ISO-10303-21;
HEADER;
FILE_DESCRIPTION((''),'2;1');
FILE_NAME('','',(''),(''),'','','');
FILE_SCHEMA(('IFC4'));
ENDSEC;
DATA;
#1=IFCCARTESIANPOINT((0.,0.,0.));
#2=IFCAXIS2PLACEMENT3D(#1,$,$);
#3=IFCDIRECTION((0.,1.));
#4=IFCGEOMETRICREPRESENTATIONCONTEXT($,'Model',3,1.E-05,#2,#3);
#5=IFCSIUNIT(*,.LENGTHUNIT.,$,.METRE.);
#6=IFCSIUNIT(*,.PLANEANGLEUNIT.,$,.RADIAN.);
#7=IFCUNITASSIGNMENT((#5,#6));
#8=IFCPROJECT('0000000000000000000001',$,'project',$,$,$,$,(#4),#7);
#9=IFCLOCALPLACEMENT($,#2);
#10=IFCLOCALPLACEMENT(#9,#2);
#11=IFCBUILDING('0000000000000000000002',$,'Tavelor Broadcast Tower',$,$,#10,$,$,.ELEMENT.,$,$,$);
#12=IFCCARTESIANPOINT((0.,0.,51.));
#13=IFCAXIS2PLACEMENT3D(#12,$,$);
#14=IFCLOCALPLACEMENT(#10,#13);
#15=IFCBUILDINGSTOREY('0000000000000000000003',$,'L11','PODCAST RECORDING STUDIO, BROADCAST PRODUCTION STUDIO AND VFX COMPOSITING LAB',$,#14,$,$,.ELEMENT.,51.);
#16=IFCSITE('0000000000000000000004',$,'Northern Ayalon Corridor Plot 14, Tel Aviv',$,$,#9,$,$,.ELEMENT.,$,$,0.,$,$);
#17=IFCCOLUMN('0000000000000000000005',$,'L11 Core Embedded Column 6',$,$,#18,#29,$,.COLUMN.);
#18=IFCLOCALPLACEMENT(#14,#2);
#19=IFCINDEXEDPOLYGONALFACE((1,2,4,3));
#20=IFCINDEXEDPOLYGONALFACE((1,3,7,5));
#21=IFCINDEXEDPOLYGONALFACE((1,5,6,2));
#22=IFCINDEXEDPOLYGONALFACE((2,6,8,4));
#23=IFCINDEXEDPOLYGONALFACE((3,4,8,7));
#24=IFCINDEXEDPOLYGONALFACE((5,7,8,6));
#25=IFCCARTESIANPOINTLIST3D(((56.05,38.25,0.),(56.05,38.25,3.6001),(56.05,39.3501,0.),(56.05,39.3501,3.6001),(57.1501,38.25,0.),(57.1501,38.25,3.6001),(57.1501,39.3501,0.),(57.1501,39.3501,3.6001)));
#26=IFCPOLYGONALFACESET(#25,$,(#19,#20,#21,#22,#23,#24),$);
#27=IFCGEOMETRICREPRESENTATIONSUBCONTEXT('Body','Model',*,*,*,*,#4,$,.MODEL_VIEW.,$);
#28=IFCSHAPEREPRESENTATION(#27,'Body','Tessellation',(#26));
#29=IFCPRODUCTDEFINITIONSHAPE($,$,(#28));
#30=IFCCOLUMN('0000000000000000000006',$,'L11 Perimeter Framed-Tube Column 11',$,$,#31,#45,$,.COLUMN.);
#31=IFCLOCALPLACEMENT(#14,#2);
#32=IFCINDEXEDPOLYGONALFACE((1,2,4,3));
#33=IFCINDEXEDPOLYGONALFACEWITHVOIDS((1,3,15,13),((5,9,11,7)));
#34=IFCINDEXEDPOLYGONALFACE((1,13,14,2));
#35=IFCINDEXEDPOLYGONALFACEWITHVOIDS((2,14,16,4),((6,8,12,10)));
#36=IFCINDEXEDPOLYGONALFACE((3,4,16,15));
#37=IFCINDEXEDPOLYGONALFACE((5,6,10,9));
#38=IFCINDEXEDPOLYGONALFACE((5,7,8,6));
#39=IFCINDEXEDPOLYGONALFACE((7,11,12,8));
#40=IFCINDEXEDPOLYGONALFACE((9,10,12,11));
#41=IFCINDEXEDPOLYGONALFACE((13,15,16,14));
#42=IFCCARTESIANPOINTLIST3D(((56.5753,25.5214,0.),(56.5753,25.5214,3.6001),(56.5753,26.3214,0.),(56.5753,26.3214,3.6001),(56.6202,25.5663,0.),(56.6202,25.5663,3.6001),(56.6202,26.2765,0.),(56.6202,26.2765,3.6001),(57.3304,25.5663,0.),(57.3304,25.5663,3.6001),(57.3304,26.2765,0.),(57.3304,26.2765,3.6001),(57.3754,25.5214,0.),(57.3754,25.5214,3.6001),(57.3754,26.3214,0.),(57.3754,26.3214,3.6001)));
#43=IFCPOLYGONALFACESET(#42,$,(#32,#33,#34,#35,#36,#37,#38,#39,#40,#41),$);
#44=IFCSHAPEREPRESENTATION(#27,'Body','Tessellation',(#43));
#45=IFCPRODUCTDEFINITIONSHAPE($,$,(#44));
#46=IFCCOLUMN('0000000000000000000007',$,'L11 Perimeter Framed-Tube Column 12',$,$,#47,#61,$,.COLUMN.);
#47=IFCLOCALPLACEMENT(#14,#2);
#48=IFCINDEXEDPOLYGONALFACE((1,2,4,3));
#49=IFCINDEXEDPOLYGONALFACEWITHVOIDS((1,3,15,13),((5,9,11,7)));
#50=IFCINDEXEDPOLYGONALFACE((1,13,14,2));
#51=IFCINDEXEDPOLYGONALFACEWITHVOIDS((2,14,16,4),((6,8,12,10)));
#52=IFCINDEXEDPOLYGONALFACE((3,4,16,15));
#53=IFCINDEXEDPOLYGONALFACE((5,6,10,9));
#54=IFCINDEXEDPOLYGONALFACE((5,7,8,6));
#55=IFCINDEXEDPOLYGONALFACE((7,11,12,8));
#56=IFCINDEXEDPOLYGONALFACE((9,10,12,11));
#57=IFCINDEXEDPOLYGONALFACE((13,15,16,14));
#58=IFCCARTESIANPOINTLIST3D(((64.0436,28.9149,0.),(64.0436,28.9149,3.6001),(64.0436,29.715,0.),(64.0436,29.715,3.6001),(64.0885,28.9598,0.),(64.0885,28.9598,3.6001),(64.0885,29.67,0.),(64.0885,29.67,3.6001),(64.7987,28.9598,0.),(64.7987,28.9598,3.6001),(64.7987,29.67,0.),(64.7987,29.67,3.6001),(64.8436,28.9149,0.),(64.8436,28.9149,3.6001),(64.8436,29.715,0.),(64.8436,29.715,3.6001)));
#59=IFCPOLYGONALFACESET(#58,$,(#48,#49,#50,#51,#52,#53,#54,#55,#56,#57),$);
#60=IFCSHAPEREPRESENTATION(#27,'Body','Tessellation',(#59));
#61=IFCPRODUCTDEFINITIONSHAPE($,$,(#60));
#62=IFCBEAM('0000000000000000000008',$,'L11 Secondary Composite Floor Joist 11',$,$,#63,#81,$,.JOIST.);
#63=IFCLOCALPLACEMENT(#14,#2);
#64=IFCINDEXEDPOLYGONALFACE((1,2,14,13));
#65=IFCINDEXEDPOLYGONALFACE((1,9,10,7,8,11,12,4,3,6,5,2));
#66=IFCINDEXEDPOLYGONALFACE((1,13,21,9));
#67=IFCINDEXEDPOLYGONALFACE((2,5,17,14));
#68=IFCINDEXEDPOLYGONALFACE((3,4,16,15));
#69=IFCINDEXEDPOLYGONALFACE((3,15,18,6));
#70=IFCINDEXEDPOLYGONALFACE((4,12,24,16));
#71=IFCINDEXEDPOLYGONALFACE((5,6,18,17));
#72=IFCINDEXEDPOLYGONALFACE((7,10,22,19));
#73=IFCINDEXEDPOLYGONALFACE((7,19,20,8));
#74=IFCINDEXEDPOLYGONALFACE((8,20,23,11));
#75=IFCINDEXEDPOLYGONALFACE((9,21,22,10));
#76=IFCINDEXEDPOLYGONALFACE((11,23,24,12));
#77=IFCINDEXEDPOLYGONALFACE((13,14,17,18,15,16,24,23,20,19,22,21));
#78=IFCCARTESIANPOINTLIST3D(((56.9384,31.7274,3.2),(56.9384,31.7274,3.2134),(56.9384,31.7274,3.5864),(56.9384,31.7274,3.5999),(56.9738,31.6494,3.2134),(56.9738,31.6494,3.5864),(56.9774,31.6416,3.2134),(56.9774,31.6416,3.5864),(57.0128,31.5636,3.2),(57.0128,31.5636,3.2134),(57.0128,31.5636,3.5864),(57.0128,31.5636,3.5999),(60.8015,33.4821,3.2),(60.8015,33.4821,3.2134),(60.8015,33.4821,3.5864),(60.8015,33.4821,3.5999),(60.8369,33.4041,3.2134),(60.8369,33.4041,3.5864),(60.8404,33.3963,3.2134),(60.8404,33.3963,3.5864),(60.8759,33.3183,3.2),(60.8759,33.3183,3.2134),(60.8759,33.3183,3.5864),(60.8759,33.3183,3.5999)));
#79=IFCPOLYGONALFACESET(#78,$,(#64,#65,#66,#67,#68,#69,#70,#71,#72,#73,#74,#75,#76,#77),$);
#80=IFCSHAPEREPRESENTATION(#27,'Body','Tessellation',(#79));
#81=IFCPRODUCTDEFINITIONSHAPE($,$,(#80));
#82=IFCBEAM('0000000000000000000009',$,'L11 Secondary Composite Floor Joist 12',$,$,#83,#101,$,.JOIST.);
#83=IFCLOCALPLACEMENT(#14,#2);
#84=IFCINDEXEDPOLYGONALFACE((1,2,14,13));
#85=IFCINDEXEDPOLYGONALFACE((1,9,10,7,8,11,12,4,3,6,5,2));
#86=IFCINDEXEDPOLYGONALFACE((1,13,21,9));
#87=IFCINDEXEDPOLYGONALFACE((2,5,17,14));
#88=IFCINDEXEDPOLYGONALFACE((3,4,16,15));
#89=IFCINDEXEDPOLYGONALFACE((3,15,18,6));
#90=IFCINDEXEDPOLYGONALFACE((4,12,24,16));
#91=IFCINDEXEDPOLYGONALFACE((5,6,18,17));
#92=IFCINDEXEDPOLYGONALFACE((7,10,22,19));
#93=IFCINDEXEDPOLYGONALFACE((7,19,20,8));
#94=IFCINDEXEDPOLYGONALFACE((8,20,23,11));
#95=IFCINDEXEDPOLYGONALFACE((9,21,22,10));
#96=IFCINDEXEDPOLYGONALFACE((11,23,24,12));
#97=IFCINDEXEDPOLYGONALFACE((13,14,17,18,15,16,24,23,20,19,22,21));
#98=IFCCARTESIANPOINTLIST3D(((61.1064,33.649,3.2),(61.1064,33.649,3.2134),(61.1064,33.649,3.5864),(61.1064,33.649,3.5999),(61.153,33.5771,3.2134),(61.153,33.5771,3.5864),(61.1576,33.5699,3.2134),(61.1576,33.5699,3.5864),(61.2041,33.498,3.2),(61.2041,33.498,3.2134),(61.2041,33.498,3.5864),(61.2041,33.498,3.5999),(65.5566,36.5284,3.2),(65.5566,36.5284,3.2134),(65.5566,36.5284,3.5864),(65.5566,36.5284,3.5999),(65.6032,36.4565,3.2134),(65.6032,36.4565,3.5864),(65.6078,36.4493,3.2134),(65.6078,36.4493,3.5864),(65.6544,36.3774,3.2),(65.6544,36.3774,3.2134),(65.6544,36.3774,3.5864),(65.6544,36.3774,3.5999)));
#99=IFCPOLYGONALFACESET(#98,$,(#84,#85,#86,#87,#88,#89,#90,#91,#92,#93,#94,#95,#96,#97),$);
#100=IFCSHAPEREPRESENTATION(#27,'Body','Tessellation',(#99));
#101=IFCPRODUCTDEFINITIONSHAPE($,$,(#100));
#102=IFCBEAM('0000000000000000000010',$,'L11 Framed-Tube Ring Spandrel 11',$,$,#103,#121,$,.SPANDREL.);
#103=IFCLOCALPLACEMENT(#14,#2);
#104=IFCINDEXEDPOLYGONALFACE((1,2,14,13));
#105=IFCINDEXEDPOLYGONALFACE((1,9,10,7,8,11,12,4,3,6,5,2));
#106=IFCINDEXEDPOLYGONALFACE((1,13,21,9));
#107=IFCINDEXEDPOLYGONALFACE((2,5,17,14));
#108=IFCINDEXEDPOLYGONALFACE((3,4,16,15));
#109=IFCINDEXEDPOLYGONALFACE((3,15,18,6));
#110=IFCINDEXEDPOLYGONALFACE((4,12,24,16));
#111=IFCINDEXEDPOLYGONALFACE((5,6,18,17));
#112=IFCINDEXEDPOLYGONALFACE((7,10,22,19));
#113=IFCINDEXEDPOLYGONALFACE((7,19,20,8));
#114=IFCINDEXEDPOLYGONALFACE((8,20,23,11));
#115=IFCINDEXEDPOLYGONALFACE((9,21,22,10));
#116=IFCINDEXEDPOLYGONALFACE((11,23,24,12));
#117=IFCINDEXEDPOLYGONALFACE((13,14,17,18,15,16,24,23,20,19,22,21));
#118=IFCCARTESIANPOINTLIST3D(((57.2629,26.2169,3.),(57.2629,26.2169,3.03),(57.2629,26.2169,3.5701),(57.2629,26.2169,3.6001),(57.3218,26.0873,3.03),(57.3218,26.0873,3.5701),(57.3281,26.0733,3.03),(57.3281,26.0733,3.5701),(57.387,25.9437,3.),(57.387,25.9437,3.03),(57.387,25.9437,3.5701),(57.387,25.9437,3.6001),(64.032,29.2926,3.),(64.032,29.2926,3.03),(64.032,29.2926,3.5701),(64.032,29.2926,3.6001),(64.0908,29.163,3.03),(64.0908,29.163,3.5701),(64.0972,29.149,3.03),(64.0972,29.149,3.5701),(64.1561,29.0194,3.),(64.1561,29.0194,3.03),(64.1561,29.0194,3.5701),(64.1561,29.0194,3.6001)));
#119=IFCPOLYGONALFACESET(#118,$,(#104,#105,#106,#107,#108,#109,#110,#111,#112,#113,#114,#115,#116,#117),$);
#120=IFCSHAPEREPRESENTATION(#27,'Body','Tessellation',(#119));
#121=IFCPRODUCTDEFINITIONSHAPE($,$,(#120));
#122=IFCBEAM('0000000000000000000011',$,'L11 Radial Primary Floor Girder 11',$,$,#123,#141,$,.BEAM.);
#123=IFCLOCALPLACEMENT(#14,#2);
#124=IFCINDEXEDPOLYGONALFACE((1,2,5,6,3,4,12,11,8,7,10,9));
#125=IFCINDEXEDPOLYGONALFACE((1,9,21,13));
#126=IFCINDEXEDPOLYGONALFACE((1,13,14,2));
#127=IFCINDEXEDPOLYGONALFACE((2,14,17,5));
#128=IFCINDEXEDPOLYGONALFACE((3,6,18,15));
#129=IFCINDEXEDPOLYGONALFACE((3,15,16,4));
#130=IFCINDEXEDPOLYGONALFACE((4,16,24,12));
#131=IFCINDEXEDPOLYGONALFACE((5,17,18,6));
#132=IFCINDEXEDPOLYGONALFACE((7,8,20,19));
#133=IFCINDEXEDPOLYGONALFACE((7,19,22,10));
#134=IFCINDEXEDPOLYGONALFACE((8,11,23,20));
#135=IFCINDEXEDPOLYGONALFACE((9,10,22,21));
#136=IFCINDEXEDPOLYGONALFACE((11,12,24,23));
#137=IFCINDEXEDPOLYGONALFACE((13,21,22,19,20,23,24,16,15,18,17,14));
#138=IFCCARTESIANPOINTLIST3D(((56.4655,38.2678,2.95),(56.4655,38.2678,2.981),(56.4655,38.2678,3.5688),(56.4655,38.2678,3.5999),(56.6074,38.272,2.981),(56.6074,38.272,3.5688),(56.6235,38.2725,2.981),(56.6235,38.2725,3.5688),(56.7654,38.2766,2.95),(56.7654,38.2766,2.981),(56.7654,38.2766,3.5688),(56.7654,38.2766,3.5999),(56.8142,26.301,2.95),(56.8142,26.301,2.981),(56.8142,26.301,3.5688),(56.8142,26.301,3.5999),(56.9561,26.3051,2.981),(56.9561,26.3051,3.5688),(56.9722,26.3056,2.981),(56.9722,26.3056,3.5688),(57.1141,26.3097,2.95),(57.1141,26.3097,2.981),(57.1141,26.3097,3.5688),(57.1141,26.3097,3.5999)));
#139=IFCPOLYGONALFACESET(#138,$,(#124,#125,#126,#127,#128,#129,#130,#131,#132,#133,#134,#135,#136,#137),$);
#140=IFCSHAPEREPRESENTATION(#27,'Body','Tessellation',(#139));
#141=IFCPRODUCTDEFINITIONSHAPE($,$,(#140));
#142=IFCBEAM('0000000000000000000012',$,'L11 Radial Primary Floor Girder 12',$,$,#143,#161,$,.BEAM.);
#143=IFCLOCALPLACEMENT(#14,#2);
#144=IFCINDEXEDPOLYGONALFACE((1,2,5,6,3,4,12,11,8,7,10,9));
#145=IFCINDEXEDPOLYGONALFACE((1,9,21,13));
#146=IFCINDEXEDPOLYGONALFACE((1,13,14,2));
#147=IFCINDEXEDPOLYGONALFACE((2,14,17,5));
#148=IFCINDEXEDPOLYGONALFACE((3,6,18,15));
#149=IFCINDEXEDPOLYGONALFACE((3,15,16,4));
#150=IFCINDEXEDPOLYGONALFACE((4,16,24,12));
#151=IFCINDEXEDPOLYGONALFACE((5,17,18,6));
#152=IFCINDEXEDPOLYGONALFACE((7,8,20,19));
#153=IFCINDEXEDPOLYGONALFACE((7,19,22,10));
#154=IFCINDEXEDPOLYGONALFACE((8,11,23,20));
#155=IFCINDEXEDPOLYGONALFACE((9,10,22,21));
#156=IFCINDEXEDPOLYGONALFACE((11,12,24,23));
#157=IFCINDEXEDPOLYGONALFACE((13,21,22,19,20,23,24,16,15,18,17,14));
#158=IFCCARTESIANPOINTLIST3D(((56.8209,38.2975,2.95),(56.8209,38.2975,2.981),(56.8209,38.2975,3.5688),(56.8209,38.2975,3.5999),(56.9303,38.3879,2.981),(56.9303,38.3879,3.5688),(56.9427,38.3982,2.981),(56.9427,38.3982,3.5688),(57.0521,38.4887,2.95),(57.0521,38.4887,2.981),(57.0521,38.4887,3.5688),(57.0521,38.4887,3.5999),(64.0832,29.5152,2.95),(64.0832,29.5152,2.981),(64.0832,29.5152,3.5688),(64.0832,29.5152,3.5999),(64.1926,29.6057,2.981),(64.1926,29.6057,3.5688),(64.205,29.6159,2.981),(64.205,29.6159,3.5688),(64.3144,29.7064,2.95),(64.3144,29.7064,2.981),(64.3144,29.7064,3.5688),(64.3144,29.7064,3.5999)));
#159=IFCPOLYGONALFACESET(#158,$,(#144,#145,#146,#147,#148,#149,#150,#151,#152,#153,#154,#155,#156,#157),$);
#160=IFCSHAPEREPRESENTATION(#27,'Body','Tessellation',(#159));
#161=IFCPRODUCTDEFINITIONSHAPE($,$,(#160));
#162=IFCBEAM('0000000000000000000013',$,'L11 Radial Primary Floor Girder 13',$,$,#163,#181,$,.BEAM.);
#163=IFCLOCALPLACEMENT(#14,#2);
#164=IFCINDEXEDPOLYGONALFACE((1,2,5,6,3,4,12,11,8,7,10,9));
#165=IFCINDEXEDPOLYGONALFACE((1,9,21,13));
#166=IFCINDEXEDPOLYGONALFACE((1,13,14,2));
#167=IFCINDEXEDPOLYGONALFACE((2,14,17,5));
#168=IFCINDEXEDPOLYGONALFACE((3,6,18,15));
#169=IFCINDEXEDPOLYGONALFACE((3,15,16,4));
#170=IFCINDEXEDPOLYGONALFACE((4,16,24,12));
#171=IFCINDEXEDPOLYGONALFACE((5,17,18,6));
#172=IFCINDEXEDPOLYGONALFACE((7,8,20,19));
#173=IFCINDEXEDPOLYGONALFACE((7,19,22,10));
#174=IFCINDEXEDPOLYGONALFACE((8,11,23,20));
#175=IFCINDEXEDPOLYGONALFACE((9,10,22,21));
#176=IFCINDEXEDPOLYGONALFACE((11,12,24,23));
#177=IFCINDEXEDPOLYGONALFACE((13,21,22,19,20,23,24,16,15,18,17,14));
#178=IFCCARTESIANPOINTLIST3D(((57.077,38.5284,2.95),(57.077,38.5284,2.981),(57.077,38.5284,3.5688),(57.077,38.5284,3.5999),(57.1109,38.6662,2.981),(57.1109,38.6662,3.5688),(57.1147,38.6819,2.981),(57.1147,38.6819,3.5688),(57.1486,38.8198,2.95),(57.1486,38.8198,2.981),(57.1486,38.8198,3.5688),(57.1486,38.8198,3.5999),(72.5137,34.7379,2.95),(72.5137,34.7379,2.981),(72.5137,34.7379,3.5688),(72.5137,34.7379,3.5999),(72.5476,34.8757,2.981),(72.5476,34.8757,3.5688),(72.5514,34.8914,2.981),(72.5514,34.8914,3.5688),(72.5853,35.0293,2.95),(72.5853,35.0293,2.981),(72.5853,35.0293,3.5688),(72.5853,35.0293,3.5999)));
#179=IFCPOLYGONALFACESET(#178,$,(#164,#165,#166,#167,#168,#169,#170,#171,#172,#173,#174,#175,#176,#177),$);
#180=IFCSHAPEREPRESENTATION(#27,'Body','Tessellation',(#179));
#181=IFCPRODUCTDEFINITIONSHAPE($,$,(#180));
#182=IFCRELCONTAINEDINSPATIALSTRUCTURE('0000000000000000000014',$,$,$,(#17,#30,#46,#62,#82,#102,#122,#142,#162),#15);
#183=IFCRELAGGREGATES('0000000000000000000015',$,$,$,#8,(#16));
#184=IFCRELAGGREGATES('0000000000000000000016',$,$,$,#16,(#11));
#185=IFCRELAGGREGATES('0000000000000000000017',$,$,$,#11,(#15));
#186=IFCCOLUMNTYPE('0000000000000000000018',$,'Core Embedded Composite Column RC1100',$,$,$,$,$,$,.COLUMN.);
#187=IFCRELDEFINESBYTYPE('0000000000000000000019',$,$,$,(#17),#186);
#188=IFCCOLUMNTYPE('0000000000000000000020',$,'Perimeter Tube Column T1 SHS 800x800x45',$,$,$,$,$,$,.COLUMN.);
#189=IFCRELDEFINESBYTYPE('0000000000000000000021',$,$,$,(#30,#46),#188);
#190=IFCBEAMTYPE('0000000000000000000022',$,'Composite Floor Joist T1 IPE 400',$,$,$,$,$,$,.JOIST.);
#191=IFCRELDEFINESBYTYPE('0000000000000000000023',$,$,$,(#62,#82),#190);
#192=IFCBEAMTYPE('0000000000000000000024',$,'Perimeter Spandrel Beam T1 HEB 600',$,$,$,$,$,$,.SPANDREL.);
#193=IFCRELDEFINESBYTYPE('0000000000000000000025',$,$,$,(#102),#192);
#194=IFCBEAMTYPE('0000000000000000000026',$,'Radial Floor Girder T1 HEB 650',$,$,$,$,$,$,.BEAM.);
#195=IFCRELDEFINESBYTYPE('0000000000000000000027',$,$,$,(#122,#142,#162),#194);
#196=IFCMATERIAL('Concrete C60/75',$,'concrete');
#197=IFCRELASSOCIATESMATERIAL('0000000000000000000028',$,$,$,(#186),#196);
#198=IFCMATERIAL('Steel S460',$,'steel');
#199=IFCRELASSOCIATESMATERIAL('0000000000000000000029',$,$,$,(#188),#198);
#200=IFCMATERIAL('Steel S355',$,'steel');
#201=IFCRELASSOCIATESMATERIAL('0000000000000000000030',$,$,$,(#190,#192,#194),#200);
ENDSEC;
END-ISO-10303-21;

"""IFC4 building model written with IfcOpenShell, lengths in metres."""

from ifc_helpers import new_model, si_unit, direction, frame, origin, origin_2d, place, context, subcontext, project, spatial, rectangle, hollow_rectangle, i_section, extrude, material, material_profile, profile_set, type_object, element, save


model = new_model("IFC4")

# Units and contexts
model_context = context("Model", 3, precision=1e-05, world=origin(), true_north=direction((0.0, 1.0)))
body_context = subcontext(model_context, "Body", "Model", "MODEL_VIEW")
ifc_project = project(units=[si_unit("LENGTHUNIT", "METRE"), si_unit("PLANEANGLEUNIT", "RADIAN")], contexts=[model_context])

# Site, building, storey
site_placement = place(None, origin())
site = spatial("IfcSite", under=ifc_project, at=site_placement, Name="Northern Ayalon Corridor Plot 14, Tel Aviv", CompositionType="ELEMENT", RefElevation=0.0)
building_placement = place(site_placement, origin())
building = spatial("IfcBuilding", under=site, at=building_placement, Name="Tavelor Broadcast Tower", CompositionType="ELEMENT")
storey_placement = place(building_placement, frame((0.0, 0.0, 51.0)))
storey = spatial("IfcBuildingStorey", under=building, at=storey_placement, Name="L11", Description="PODCAST RECORDING STUDIO, BROADCAST PRODUCTION STUDIO AND VFX COMPOSITING LAB", CompositionType="ELEMENT", Elevation=51.0)

# Columns
ifc_material_1 = material(Name="Concrete C60/75", Category="concrete")
ifc_material_profile_1 = material_profile(ifc_material_1, rectangle(XDim=1.1001, YDim=1.1001, at=origin_2d()), Name="RC 1100x1100")
ifc_profile_set_1 = profile_set([ifc_material_profile_1], Name="Concrete C60/75")
column_type_1 = type_object("IfcColumnType", Name="Core Embedded Composite Column RC1100", PredefinedType="COLUMN", material=ifc_profile_set_1)
column_placement = place(storey_placement, frame((56.6001, 38.8, 0.0), z_axis=(0.0, 0.0, 1.0), x_axis=(1.0, 0.0, 0.0)))
element("IfcColumn", 1, at=column_placement, inside=storey, type_object=column_type_1, Name="L11 Core Embedded Column 6", PredefinedType="COLUMN", context=body_context, shape_type="SweptSolid", body=[
    extrude(rectangle(XDim=1.1001, YDim=1.1001, at=origin_2d()), origin(), (0.0, 0.0, 1.0), 3.6001),
])
ifc_material_2 = material(Name="Steel S460", Category="steel")
ifc_material_profile_2 = material_profile(ifc_material_2, hollow_rectangle(XDim=0.8, YDim=0.8, WallThickness=0.0449, at=origin_2d()), Name="SHS 800x800x45")
ifc_profile_set_2 = profile_set([ifc_material_profile_2], Name="Steel S460")
column_type_2 = type_object("IfcColumnType", Name="Perimeter Tube Column T1 SHS 800x800x45", PredefinedType="COLUMN", material=ifc_profile_set_2)
for number, where, z_axis, x_axis, name in (
    (2, (56.9753, 25.9214, 0.0), (0.0, 0.0, 1.0), (1.0, 0.0, 0.0), "L11 Perimeter Framed-Tube Column 11"),
    (3, (64.4436, 29.3149, 0.0), (0.0, 0.0, 1.0), (1.0, 0.0, 0.0), "L11 Perimeter Framed-Tube Column 12"),
):
    element("IfcColumn", number, at=place(storey_placement, frame(where, z_axis=z_axis, x_axis=x_axis)), inside=storey, type_object=column_type_2, Name=name, PredefinedType="COLUMN", context=body_context, shape_type="SweptSolid", body=[
        extrude(hollow_rectangle(XDim=0.8, YDim=0.8, WallThickness=0.0449, at=origin_2d()), origin(), (0.0, 0.0, 1.0), 3.6001),
    ])

# Beams
ifc_material_3 = material(Name="Steel S355", Category="steel")
ifc_material_profile_3 = material_profile(ifc_material_3, i_section(OverallWidth=0.1799, OverallDepth=0.3999, WebThickness=0.0085, FlangeThickness=0.0134, at=origin_2d()), Name="IPE 400")
ifc_profile_set_3 = profile_set([ifc_material_profile_3], Name="Steel S355")
beam_type_1 = type_object("IfcBeamType", Name="Composite Floor Joist T1 IPE 400", PredefinedType="JOIST", material=ifc_profile_set_3)
beam_1_placement = place(storey_placement, frame((56.9756, 31.6455, 3.3999), z_axis=(0.910481, 0.413551, 0.0), x_axis=(-0.413551, 0.910481, 0.0)))
element("IfcBeam", 4, at=beam_1_placement, inside=storey, type_object=beam_type_1, Name="L11 Secondary Composite Floor Joist 11", PredefinedType="JOIST", context=body_context, shape_type="SweptSolid", body=[
    extrude(i_section(OverallWidth=0.1799, OverallDepth=0.3999, WebThickness=0.0085, FlangeThickness=0.0134, at=origin_2d()), origin(), (0.0, 0.0, 1.0), 4.2429),
])
beam_2_placement = place(storey_placement, frame((61.1553, 33.5735, 3.3999), z_axis=(0.839583, 0.543232, 0.0), x_axis=(-0.543232, 0.839583, 0.0)))
element("IfcBeam", 5, at=beam_2_placement, inside=storey, type_object=beam_type_1, Name="L11 Secondary Composite Floor Joist 12", PredefinedType="JOIST", context=body_context, shape_type="SweptSolid", body=[
    extrude(i_section(OverallWidth=0.1799, OverallDepth=0.3999, WebThickness=0.0085, FlangeThickness=0.0134, at=origin_2d()), origin(), (0.0, 0.0, 1.0), 5.3005),
])
ifc_material_profile_4 = material_profile(ifc_material_3, i_section(OverallWidth=0.3, OverallDepth=0.6001, WebThickness=0.0154, FlangeThickness=0.03, at=origin_2d()), Name="HEB 600")
ifc_profile_set_4 = profile_set([ifc_material_profile_4], Name="Steel S355")
beam_type_2 = type_object("IfcBeamType", Name="Perimeter Spandrel Beam T1 HEB 600", PredefinedType="SPANDREL", material=ifc_profile_set_4)
beam_3_placement = place(storey_placement, frame((57.325, 26.0803, 3.3), z_axis=(0.910425, 0.413674, 0.0), x_axis=(-0.413674, 0.910425, 0.0)))
element("IfcBeam", 6, at=beam_3_placement, inside=storey, type_object=beam_type_2, Name="L11 Framed-Tube Ring Spandrel 11", PredefinedType="SPANDREL", context=body_context, shape_type="SweptSolid", body=[
    extrude(i_section(OverallWidth=0.3, OverallDepth=0.6001, WebThickness=0.0154, FlangeThickness=0.03, at=origin_2d()), origin(), (0.0, 0.0, 1.0), 7.4351),
])
ifc_material_profile_5 = material_profile(ifc_material_3, i_section(OverallWidth=0.3, OverallDepth=0.6499, WebThickness=0.0161, FlangeThickness=0.031, at=origin_2d()), Name="HEB 650")
ifc_profile_set_5 = profile_set([ifc_material_profile_5], Name="Steel S355")
beam_type_3 = type_object("IfcBeamType", Name="Radial Floor Girder T1 HEB 650", PredefinedType="BEAM", material=ifc_profile_set_5)
beam_4_placement = place(storey_placement, frame((56.6155, 38.2722, 3.2749), z_axis=(0.029121, -0.999576, 0.0), x_axis=(0.999576, 0.029121, 0.0)))
element("IfcBeam", 7, at=beam_4_placement, inside=storey, type_object=beam_type_3, Name="L11 Radial Primary Floor Girder 11", PredefinedType="BEAM", context=body_context, shape_type="SweptSolid", body=[
    extrude(i_section(OverallWidth=0.3, OverallDepth=0.6499, WebThickness=0.0161, FlangeThickness=0.031, at=origin_2d()), origin(), (0.0, 0.0, 1.0), 11.9719),
])
beam_5_placement = place(storey_placement, frame((56.9365, 38.3931, 3.2749), z_axis=(0.637263, -0.770646, 0.0), x_axis=(0.770646, 0.637263, 0.0)))
element("IfcBeam", 8, at=beam_5_placement, inside=storey, type_object=beam_type_3, Name="L11 Radial Primary Floor Girder 12", PredefinedType="BEAM", context=body_context, shape_type="SweptSolid", body=[
    extrude(i_section(OverallWidth=0.3, OverallDepth=0.6499, WebThickness=0.0161, FlangeThickness=0.031, at=origin_2d()), origin(), (0.0, 0.0, 1.0), 11.396),
])
beam_6_placement = place(storey_placement, frame((57.1128, 38.6741, 3.2749), z_axis=(0.97115, -0.238468, 0.0), x_axis=(0.238468, 0.97115, 0.0)))
element("IfcBeam", 9, at=beam_6_placement, inside=storey, type_object=beam_type_3, Name="L11 Radial Primary Floor Girder 13", PredefinedType="BEAM", context=body_context, shape_type="SweptSolid", body=[
    extrude(i_section(OverallWidth=0.3, OverallDepth=0.6499, WebThickness=0.0161, FlangeThickness=0.031, at=origin_2d()), origin(), (0.0, 0.0, 1.0), 15.8953),
])

save(model, "model.ifc")
